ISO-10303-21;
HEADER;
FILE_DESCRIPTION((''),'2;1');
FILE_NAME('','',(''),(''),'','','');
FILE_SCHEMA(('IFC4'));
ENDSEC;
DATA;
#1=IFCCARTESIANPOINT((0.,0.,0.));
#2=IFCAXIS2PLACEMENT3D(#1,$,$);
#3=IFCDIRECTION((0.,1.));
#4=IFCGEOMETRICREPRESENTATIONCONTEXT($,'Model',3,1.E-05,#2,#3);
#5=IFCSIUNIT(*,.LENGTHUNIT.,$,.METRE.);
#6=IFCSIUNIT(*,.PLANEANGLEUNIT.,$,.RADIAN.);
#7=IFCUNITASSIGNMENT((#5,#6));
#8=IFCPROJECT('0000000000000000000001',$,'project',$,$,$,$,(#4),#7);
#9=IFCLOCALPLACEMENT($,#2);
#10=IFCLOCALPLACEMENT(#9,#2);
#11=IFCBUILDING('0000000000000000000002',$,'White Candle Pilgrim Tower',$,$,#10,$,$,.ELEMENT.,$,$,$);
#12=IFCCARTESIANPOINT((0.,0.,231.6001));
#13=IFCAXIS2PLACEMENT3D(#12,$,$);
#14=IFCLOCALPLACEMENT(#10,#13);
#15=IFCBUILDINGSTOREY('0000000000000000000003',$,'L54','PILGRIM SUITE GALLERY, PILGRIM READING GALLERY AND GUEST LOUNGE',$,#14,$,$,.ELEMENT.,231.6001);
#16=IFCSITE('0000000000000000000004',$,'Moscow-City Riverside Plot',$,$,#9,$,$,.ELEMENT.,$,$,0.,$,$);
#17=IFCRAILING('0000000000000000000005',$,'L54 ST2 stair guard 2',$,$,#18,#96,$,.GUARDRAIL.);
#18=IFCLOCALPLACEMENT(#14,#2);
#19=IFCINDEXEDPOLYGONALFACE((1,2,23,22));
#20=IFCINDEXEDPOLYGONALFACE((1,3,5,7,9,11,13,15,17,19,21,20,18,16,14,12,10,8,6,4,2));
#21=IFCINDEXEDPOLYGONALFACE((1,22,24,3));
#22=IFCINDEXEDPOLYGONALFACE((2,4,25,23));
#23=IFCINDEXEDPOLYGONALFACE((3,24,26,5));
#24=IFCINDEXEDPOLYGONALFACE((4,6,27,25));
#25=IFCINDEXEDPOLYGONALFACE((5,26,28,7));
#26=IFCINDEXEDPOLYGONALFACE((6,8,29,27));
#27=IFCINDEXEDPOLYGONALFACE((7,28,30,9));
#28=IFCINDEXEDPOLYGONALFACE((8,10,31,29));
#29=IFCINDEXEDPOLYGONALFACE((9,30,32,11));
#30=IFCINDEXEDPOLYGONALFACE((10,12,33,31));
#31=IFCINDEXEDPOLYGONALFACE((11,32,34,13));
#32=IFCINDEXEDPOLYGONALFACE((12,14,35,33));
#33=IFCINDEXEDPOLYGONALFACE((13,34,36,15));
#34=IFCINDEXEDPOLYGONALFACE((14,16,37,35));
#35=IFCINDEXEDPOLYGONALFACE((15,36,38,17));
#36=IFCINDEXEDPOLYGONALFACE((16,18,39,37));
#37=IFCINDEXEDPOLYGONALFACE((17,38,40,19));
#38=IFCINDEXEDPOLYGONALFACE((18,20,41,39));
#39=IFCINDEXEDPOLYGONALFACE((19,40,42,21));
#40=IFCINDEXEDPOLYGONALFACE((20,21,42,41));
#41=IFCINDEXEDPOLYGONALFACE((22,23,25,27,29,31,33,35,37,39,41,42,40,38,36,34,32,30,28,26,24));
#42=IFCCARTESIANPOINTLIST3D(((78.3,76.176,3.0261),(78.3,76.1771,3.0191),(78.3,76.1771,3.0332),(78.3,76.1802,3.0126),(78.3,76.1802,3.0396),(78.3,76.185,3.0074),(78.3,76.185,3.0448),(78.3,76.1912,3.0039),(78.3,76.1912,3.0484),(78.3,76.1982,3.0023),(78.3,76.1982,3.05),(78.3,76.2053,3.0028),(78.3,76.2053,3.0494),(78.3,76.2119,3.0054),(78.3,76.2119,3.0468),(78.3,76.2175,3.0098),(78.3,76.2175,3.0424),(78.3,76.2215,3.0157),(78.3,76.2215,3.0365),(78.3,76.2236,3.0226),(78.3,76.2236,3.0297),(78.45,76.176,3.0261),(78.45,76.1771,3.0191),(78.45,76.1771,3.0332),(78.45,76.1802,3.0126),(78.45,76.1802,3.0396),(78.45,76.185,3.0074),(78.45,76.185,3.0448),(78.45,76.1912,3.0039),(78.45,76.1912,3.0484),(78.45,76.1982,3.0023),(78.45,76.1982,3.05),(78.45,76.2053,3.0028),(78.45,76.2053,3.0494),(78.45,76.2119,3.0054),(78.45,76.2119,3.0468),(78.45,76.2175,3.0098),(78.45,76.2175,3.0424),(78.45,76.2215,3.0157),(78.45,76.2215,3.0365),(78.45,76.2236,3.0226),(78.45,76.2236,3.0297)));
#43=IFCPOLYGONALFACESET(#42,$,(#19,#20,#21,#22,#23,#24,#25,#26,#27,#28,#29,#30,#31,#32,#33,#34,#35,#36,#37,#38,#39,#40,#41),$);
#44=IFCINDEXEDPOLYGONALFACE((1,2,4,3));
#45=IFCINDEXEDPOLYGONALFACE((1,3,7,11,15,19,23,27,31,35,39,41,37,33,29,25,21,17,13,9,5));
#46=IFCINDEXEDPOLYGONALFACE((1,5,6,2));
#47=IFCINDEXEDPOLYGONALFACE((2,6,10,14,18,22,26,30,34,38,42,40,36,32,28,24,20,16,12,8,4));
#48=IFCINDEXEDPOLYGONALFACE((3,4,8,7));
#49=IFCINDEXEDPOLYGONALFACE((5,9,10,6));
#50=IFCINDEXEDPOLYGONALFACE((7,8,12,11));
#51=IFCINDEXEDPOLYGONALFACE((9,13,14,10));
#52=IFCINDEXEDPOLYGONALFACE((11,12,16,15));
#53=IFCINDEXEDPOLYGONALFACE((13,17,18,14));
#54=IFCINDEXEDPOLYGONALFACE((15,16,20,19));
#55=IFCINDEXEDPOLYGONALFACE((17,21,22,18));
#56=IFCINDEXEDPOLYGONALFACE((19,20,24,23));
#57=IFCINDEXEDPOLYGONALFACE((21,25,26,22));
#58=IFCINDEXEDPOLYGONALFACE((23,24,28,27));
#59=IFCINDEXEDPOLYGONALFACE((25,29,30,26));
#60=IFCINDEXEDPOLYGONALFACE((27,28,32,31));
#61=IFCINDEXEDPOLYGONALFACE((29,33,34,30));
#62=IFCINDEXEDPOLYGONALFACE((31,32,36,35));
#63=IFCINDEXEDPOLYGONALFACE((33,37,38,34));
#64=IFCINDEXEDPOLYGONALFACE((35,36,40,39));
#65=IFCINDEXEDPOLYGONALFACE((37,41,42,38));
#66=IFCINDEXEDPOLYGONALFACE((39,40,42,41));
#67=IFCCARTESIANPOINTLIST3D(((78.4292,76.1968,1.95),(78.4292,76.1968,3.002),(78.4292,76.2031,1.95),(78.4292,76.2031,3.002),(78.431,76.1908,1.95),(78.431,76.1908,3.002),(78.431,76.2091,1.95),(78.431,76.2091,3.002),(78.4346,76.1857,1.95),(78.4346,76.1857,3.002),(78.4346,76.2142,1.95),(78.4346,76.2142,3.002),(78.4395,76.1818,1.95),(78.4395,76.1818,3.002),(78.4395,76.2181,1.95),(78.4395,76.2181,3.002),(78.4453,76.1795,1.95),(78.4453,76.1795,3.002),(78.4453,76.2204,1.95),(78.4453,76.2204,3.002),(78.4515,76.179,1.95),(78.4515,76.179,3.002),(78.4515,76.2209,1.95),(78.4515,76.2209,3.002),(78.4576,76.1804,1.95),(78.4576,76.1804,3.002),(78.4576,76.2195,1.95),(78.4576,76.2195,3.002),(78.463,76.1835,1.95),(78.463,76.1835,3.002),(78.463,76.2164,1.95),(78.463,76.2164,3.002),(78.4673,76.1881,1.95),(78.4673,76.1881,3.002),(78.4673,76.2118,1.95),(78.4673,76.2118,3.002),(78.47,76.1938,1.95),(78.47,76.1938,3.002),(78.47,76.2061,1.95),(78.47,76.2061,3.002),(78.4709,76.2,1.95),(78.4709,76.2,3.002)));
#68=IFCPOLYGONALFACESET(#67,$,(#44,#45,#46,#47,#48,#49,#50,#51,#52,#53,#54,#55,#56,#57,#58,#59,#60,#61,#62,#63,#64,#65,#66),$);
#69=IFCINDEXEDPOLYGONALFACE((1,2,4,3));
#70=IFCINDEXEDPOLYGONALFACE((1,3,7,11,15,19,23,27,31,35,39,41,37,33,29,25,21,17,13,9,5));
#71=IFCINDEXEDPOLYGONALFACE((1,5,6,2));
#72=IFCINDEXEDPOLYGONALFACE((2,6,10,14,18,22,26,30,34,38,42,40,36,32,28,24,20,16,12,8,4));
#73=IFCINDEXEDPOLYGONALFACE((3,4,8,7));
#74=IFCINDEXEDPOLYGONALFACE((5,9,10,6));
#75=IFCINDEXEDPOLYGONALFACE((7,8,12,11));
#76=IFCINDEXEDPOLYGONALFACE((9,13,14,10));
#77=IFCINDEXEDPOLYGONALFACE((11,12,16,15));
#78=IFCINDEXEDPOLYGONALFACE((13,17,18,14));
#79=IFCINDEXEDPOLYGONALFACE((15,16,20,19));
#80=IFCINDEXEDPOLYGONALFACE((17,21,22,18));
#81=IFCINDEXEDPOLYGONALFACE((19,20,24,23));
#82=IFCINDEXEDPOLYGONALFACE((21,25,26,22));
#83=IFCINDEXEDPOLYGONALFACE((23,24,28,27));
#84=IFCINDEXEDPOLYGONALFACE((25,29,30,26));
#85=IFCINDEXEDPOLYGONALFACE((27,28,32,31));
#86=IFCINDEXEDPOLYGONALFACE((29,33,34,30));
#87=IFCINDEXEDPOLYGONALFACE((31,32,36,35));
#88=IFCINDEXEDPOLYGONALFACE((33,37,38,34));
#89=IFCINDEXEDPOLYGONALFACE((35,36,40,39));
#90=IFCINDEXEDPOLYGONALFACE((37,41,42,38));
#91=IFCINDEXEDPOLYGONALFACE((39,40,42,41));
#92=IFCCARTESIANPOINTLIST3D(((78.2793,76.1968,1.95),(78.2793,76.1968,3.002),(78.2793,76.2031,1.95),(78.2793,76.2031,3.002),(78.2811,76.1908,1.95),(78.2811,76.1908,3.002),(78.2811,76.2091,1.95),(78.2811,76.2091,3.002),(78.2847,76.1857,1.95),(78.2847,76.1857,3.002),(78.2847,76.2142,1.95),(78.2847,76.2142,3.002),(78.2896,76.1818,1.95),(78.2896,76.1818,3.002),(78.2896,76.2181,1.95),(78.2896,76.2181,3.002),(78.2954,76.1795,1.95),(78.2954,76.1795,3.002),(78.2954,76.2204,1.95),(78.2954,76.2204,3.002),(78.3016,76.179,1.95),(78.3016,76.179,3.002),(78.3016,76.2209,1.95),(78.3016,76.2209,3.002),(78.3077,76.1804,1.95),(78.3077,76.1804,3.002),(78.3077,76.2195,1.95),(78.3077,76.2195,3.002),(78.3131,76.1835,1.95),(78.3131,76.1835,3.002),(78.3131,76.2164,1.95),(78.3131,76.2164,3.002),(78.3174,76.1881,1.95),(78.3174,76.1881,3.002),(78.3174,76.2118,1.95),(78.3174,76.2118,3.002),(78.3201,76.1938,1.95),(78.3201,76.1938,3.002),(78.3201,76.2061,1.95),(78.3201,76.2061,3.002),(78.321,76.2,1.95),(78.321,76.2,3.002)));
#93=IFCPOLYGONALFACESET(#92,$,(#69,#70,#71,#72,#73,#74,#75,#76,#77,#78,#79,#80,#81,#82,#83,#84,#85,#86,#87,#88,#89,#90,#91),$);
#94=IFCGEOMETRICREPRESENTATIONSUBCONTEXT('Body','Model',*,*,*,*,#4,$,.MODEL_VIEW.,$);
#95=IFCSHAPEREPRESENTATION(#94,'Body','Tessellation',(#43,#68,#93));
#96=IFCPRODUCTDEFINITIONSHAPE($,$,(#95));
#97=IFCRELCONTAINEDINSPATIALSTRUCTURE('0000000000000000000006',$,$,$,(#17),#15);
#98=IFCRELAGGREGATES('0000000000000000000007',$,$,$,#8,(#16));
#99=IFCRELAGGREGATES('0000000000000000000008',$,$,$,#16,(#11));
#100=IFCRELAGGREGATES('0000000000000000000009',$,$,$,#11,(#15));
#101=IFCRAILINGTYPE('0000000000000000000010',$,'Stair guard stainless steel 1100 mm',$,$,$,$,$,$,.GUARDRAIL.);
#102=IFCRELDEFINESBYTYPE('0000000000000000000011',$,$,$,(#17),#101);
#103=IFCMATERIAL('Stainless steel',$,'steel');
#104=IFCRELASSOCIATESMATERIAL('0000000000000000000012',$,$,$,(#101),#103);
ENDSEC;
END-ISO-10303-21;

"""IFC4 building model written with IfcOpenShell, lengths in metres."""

from ifc_helpers import new_model, si_unit, direction, frame, origin, origin_2d, place, context, subcontext, project, spatial, circle, extrude, material, type_object, element, save


model = new_model("IFC4")

# Units and contexts
model_context = context("Model", 3, precision=1e-05, world=origin(), true_north=direction((0.0, 1.0)))
body_context = subcontext(model_context, "Body", "Model", "MODEL_VIEW")
ifc_project = project(units=[si_unit("LENGTHUNIT", "METRE"), si_unit("PLANEANGLEUNIT", "RADIAN")], contexts=[model_context])

# Site, building, storey
site_placement = place(None, origin())
site = spatial("IfcSite", under=ifc_project, at=site_placement, Name="Moscow-City Riverside Plot", CompositionType="ELEMENT", RefElevation=0.0)
building_placement = place(site_placement, origin())
building = spatial("IfcBuilding", under=site, at=building_placement, Name="White Candle Pilgrim Tower", CompositionType="ELEMENT")
storey_placement = place(building_placement, frame((0.0, 0.0, 231.6001)))
storey = spatial("IfcBuildingStorey", under=building, at=storey_placement, Name="L54", Description="PILGRIM SUITE GALLERY, PILGRIM READING GALLERY AND GUEST LOUNGE", CompositionType="ELEMENT", Elevation=231.6001)

# Railing
ifc_material_1 = material(Name="Stainless steel", Category="steel")
railing_type_1 = type_object("IfcRailingType", Name="Stair guard stainless steel 1100 mm", PredefinedType="GUARDRAIL", material=ifc_material_1)
railing_1_placement = place(storey_placement, frame((78.45, 76.2, 1.95)))
element("IfcRailing", 1, at=railing_1_placement, inside=storey, type_object=railing_type_1, Name="L54 ST2 stair guard 2", PredefinedType="GUARDRAIL", context=body_context, shape_type="SweptSolid", body=[
    extrude(circle(Radius=0.0239, at=origin_2d()), frame((0.0, 0.0, 1.0762), z_axis=(-1.0, 0.0, 0.0), x_axis=(0.0, -1.0, 0.0)), (0.0, 0.0, 1.0), 0.1499),
    extrude(circle(Radius=0.021, at=origin_2d()), origin(), (0.0, 0.0, 1.0), 1.052),
    extrude(circle(Radius=0.021, at=origin_2d()), frame((-0.1499, 0.0, 0.0)), (0.0, 0.0, 1.0), 1.052),
])

save(model, "model.ifc")
